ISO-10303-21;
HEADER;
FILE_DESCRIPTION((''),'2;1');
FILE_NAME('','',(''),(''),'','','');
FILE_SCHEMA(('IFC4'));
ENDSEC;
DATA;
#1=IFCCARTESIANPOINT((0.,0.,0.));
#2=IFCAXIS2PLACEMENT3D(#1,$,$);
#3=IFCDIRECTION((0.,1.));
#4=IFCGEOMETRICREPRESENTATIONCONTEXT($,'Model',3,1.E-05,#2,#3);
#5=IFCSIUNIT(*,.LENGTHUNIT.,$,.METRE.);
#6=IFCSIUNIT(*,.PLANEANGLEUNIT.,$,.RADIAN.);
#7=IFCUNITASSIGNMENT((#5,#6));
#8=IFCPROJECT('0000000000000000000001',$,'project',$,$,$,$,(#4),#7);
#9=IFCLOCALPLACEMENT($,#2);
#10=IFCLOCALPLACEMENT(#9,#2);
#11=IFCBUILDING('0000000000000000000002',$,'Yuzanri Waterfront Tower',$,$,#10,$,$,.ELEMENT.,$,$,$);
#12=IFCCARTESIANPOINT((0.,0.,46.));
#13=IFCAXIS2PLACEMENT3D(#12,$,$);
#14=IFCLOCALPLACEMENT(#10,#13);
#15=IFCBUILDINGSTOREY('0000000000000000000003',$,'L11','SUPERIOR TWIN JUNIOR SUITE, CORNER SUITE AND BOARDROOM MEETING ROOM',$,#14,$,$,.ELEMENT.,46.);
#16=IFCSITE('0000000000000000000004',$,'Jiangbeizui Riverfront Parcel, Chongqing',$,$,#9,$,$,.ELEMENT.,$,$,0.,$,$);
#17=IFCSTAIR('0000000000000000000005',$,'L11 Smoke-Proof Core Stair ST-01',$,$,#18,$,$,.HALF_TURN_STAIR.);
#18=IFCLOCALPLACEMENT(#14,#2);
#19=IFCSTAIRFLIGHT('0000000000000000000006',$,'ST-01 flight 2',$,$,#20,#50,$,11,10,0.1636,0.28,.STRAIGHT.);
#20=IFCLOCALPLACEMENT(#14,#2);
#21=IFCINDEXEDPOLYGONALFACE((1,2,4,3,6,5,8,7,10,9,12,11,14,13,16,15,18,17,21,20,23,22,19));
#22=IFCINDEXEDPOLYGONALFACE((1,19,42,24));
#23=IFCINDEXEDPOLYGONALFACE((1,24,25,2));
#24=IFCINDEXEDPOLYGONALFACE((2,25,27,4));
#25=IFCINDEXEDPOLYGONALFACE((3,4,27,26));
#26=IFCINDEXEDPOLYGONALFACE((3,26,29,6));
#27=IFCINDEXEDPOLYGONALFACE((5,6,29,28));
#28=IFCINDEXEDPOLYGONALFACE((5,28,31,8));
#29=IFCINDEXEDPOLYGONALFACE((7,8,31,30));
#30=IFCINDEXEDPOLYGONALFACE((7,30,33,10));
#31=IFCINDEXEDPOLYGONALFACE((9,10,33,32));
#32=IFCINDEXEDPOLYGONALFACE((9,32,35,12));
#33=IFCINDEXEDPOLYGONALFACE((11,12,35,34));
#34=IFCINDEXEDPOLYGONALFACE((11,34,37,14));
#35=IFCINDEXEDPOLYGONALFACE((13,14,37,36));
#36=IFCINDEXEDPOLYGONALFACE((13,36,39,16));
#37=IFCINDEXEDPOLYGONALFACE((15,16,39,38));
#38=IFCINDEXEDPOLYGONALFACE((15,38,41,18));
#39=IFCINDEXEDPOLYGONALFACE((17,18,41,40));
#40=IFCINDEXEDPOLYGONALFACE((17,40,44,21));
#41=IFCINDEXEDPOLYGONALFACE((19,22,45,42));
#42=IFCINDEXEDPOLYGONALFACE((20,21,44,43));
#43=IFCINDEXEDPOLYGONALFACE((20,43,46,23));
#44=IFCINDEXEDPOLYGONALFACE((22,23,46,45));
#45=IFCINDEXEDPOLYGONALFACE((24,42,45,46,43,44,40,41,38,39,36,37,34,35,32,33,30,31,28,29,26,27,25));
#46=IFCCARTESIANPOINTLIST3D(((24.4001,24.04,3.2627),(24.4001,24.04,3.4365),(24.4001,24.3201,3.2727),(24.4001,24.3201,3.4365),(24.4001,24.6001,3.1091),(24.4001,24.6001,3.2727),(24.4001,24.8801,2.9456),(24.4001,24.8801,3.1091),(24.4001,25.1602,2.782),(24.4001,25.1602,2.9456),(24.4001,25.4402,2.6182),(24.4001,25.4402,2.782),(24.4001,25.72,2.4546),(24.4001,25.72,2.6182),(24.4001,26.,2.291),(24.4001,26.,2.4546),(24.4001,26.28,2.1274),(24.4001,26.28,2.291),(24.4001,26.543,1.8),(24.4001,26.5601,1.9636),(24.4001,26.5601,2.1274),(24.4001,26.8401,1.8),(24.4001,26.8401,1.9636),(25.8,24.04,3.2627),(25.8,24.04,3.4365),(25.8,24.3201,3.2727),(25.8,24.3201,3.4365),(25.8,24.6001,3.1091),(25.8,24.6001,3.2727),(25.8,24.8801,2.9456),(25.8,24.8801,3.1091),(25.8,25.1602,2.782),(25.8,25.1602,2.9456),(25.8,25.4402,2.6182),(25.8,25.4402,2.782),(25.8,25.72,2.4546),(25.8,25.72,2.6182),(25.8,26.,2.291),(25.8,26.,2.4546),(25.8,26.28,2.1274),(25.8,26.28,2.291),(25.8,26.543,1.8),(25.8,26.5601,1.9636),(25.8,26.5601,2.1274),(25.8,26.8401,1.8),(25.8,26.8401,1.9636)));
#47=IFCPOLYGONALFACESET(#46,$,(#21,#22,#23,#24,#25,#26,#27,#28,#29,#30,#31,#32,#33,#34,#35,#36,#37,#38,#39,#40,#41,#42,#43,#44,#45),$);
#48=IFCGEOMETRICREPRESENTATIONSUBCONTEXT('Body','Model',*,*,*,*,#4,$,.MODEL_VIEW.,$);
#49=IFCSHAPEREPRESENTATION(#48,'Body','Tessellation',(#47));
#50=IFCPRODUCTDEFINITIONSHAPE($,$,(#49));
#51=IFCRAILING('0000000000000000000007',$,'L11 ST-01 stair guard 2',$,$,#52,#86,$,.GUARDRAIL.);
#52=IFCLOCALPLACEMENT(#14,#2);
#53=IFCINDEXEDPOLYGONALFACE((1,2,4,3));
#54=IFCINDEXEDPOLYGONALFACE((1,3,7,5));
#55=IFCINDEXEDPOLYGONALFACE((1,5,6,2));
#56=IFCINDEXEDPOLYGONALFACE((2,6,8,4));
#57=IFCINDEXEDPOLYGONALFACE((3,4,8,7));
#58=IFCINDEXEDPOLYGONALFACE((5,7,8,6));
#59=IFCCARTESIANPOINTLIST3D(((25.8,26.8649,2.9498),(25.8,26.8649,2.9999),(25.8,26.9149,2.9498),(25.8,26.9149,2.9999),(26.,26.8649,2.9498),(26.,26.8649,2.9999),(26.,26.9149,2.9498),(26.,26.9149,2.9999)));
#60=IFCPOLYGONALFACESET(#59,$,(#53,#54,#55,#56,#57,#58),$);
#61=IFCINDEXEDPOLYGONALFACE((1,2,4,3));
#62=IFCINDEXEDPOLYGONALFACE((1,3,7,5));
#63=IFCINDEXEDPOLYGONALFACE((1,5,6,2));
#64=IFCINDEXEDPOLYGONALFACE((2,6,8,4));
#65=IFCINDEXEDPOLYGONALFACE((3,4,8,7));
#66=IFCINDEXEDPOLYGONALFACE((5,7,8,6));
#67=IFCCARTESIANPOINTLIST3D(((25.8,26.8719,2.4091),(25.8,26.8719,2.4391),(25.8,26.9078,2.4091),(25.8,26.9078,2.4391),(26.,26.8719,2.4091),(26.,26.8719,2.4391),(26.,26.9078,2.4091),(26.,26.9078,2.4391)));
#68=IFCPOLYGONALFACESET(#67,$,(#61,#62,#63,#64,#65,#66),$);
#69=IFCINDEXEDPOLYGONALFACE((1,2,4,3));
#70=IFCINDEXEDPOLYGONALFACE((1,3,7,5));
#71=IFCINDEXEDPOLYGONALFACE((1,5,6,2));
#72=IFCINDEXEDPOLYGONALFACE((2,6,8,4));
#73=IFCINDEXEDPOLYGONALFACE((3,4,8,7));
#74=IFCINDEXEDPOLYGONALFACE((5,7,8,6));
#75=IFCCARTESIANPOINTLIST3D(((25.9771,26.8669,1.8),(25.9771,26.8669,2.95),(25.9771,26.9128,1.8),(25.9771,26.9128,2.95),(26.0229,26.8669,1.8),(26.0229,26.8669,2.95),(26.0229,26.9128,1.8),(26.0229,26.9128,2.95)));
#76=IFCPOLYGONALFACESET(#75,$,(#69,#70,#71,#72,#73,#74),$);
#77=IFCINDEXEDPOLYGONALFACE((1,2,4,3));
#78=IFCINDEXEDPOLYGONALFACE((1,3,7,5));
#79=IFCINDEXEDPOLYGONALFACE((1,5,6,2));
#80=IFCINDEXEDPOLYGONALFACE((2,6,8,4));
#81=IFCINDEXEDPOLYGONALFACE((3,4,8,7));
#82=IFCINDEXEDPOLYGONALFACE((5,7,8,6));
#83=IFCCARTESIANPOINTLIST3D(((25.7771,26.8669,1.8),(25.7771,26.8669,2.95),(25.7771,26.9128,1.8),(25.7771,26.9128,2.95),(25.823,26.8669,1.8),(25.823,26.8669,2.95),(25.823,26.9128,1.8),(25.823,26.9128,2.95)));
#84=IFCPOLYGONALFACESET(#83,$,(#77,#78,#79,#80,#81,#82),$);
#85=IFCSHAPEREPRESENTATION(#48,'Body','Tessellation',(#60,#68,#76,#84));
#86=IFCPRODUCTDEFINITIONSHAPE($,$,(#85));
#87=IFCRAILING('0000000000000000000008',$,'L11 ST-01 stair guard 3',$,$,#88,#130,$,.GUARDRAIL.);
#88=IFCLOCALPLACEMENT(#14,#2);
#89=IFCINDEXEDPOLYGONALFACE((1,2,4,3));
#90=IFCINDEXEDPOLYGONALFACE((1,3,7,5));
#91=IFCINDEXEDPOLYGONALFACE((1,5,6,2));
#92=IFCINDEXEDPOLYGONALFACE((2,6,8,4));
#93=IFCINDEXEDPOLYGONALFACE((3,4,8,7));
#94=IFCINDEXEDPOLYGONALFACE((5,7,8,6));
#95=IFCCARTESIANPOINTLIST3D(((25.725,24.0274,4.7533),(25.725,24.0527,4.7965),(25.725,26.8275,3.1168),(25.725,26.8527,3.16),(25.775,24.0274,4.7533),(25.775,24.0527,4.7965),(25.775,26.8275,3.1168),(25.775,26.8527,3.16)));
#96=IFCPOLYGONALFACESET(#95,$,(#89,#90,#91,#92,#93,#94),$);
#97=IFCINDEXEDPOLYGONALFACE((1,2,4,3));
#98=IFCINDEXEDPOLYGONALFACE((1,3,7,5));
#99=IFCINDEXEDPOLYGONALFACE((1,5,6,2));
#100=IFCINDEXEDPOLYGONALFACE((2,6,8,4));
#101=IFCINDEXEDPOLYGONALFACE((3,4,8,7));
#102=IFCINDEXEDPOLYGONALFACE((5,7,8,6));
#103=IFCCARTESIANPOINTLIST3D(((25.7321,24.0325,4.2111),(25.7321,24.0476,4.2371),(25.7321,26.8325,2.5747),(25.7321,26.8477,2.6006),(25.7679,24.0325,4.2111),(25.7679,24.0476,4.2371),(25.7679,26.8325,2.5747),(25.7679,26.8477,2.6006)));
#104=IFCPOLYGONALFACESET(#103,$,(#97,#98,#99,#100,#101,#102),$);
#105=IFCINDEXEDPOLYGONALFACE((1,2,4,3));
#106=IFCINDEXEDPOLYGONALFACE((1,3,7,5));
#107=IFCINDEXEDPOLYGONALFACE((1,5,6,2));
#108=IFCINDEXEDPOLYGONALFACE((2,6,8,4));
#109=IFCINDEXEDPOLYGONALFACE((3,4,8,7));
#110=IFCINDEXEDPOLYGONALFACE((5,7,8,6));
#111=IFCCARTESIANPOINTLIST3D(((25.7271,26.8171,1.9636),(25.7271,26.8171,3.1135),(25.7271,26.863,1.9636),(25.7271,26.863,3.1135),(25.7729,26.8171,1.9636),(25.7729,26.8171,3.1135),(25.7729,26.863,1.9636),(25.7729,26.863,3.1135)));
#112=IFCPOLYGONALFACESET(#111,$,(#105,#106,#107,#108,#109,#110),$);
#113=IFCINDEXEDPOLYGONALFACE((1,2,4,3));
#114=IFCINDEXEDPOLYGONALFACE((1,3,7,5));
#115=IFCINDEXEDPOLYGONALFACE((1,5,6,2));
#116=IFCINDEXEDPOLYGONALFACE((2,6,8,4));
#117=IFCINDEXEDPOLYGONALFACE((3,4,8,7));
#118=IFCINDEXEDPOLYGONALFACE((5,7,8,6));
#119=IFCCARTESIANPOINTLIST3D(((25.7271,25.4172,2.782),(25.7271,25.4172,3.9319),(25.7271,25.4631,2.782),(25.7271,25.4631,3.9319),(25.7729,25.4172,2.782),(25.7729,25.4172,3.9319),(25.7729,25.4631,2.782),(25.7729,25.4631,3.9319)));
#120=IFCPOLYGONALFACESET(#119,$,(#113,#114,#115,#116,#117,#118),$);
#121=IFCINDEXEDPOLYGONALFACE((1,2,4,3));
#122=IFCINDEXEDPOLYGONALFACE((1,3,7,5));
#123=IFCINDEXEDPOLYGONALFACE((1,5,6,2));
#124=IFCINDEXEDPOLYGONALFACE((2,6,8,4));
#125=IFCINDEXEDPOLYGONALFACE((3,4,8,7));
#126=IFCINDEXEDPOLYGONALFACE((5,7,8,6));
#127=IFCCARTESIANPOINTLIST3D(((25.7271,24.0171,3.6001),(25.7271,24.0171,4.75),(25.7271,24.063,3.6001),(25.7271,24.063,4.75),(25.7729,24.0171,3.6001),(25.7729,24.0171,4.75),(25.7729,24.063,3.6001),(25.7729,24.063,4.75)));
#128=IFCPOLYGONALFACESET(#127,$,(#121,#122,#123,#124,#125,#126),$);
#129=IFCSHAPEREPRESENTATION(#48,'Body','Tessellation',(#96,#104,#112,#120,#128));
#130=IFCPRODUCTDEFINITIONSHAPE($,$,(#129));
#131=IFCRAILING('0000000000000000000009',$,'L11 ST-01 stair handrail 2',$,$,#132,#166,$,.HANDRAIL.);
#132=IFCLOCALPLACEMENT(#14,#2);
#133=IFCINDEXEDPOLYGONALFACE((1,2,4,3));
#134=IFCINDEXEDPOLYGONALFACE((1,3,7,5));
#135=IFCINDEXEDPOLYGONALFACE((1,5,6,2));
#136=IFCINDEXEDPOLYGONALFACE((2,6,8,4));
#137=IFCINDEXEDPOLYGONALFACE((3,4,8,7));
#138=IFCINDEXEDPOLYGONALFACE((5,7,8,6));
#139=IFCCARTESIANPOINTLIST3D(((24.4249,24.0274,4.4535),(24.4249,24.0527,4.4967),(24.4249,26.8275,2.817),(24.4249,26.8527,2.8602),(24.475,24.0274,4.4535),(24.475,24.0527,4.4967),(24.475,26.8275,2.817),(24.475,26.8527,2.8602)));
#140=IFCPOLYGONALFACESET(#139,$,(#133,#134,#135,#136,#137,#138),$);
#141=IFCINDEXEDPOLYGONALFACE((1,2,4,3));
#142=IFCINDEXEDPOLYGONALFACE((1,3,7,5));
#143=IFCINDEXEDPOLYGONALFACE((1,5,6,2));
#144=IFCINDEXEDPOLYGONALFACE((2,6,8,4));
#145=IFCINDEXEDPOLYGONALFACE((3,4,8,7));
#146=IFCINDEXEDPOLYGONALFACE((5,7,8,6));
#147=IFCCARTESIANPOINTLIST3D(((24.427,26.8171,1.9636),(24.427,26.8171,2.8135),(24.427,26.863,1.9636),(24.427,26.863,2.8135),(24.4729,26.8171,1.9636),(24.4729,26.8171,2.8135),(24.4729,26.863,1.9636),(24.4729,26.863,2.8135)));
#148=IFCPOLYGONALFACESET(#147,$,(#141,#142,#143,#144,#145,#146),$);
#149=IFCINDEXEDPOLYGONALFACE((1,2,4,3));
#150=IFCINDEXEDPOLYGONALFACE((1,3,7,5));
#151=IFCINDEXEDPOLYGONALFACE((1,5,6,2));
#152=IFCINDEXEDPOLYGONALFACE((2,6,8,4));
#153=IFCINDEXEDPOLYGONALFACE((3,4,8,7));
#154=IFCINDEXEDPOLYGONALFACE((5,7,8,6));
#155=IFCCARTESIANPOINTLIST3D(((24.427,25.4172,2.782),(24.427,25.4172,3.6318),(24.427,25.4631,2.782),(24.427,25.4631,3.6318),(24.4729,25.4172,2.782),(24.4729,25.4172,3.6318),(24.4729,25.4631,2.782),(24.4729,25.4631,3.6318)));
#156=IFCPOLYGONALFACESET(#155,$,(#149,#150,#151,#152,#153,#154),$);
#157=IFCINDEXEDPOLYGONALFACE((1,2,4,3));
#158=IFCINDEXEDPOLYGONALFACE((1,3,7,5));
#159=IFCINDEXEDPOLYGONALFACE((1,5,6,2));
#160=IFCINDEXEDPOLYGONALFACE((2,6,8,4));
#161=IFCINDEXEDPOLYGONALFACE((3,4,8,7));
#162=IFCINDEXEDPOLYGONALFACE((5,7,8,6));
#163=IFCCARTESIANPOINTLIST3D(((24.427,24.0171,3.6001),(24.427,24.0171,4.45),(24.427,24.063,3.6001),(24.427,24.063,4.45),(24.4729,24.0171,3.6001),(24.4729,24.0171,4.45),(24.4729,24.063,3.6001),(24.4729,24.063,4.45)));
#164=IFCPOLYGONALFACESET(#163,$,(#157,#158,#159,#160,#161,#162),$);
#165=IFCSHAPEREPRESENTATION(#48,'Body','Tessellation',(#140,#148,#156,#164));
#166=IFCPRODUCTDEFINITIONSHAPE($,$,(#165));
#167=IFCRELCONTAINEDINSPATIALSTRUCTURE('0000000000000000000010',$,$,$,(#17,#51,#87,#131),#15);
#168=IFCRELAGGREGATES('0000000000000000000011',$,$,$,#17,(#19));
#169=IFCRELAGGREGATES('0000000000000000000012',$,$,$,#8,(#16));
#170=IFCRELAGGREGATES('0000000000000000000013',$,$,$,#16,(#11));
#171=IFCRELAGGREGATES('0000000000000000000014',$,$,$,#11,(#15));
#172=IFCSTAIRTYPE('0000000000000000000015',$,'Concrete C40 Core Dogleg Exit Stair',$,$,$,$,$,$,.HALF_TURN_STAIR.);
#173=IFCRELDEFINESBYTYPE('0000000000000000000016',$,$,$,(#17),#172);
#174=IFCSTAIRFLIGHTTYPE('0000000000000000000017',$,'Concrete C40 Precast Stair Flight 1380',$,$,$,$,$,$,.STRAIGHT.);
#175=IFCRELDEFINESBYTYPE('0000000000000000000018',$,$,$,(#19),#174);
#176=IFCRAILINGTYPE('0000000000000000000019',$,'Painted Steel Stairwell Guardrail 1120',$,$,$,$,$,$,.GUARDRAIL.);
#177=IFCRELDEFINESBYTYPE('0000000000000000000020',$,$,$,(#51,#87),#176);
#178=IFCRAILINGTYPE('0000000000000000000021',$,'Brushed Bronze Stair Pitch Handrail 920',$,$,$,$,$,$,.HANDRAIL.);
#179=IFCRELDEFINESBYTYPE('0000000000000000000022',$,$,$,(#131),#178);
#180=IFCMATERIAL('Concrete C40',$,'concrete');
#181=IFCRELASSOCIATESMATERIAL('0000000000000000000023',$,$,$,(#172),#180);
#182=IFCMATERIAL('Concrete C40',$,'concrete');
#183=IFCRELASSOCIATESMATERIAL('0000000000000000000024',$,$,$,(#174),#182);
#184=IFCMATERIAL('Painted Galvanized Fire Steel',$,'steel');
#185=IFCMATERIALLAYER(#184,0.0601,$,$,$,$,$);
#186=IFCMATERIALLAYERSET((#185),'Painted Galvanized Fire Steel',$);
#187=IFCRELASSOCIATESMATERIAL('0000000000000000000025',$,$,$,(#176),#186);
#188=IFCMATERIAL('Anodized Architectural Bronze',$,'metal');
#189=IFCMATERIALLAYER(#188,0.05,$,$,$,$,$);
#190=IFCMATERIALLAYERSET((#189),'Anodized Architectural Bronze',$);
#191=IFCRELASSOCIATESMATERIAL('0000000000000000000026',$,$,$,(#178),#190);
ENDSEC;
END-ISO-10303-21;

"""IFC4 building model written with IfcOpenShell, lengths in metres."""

from ifc_helpers import new_model, si_unit, direction, frame, origin, origin_2d, place, context, subcontext, project, spatial, polyline, rectangle, outline, extrude, source, transform, mapped, material, layer, layer_set, type_object, element, aggregate, save


model = new_model("IFC4")

# Units and contexts
model_context = context("Model", 3, precision=1e-05, world=origin(), true_north=direction((0.0, 1.0)))
body_context = subcontext(model_context, "Body", "Model", "MODEL_VIEW")
ifc_project = project(units=[si_unit("LENGTHUNIT", "METRE"), si_unit("PLANEANGLEUNIT", "RADIAN")], contexts=[model_context])

# Site, building, storey
site_placement = place(None, origin())
site = spatial("IfcSite", under=ifc_project, at=site_placement, Name="Jiangbeizui Riverfront Parcel, Chongqing", CompositionType="ELEMENT", RefElevation=0.0)
building_placement = place(site_placement, origin())
building = spatial("IfcBuilding", under=site, at=building_placement, Name="Yuzanri Waterfront Tower", CompositionType="ELEMENT")
storey_placement = place(building_placement, frame((0.0, 0.0, 46.0)))
storey = spatial("IfcBuildingStorey", under=building, at=storey_placement, Name="L11", Description="SUPERIOR TWIN JUNIOR SUITE, CORNER SUITE AND BOARDROOM MEETING ROOM", CompositionType="ELEMENT", Elevation=46.0)

# Stair, stair flight
ifc_material_1 = material(Name="Concrete C40", Category="concrete")
stair_type = type_object("IfcStairType", Name="Concrete C40 Core Dogleg Exit Stair", PredefinedType="HALF_TURN_STAIR", material=ifc_material_1)
stair_placement = place(storey_placement, origin())
stair = element("IfcStair", 1, at=stair_placement, inside=storey, type_object=stair_type, Name="L11 Smoke-Proof Core Stair ST-01", PredefinedType="HALF_TURN_STAIR")
ifc_material_2 = material(Name="Concrete C40", Category="concrete")
stair_flight_type = type_object("IfcStairFlightType", Name="Concrete C40 Precast Stair Flight 1380", PredefinedType="STRAIGHT", material=ifc_material_2)
shared_shape_1 = source(origin(), body_context, "Body", "SweptSolid", [
    extrude(outline(polyline([(0.0, 0.0), (0.0, 0.1636), (0.28, 0.1636), (0.28, 0.3274), (0.5601, 0.3274), (0.5601, 0.491), (0.8401, 0.491), (0.8401, 0.6545), (1.1201, 0.6545), (1.1201, 0.8181), (1.3999, 0.8181), (1.3999, 0.9819), (1.6799, 0.9819), (1.6799, 1.1455), (1.96, 1.1455), (1.96, 1.3091), (2.24, 1.3091), (2.24, 1.4727), (2.52, 1.4727), (2.52, 1.6365), (2.8, 1.6365), (2.8, 1.8), (2.8, 1.4626), (0.2971, 0.0), (0.0, 0.0)])), frame((0.0, 0.7, 0.0), z_axis=(0.0, -1.0, 0.0), x_axis=(1.0, 0.0, 0.0)), (0.0, 0.0, 1.0), 1.3999),
])
stair_flight_placement = place(storey_placement, frame((25.1001, 26.8401, 1.8), z_axis=(0.0, 0.0, 1.0), x_axis=(0.0, -1.0, 0.0)))
stair_flight = element("IfcStairFlight", 2, at=stair_flight_placement, type_object=stair_flight_type, Name="ST-01 flight 2", NumberOfRisers=11, NumberOfTreads=10, PredefinedType="STRAIGHT", RiserHeight=0.1636, TreadLength=0.28, context=body_context, shape_type="MappedRepresentation", body=[
    mapped(shared_shape_1, transform((0.0, 0.0, 0.0), scale=1.0)),
])
aggregate(stair, [stair_flight])

# Railings
ifc_material_3 = material(Name="Painted Galvanized Fire Steel", Category="steel")
ifc_layer_1 = layer(ifc_material_3, 0.0601)
ifc_layer_set_1 = layer_set([ifc_layer_1], Name="Painted Galvanized Fire Steel")
railing_type_1 = type_object("IfcRailingType", Name="Painted Steel Stairwell Guardrail 1120", PredefinedType="GUARDRAIL", material=ifc_layer_set_1)
shared_shape_2 = source(origin(), body_context, "Body", "SweptSolid", [
    extrude(rectangle(XDim=0.05, YDim=0.05, at=origin_2d()), frame((0.0, 0.0, 1.1748), z_axis=(-1.0, 0.0, 0.0), x_axis=(0.0, -1.0, 0.0)), (0.0, 0.0, 1.0), 0.2),
    extrude(rectangle(XDim=0.0359, YDim=0.03, at=origin_2d()), frame((0.0, 0.0, 0.624), z_axis=(-1.0, 0.0, 0.0), x_axis=(0.0, -1.0, 0.0)), (0.0, 0.0, 1.0), 0.2),
    extrude(rectangle(XDim=0.0459, YDim=0.0459, at=origin_2d()), origin(), (0.0, 0.0, 1.0), 1.1499),
    extrude(rectangle(XDim=0.0459, YDim=0.0459, at=origin_2d()), frame((-0.2, 0.0, 0.0)), (0.0, 0.0, 1.0), 1.1499),
])
railing_1_placement = place(storey_placement, frame((26.0, 26.8899, 1.8)))
element("IfcRailing", 3, at=railing_1_placement, inside=storey, type_object=railing_type_1, Name="L11 ST-01 stair guard 2", PredefinedType="GUARDRAIL", context=body_context, shape_type="MappedRepresentation", body=[
    mapped(shared_shape_2, transform((0.0, 0.0, 0.0), scale=1.0)),
])
shared_shape_3 = source(origin(), body_context, "Body", "SweptSolid", [
    extrude(rectangle(XDim=0.05, YDim=0.05, at=origin_2d()), frame((0.0, 0.0, 1.1748), z_axis=(0.0, -0.863361, 0.504587), x_axis=(1.0, 0.0, 0.0)), (0.0, 0.0, 1.0), 3.2432),
    extrude(rectangle(XDim=0.0359, YDim=0.03, at=origin_2d()), frame((0.0, 0.0, 0.624), z_axis=(0.0, -0.863361, 0.504587), x_axis=(1.0, 0.0, 0.0)), (0.0, 0.0, 1.0), 3.2432),
    extrude(rectangle(XDim=0.0459, YDim=0.0459, at=origin_2d()), origin(), (0.0, 0.0, 1.0), 1.1499),
    extrude(rectangle(XDim=0.0459, YDim=0.0459, at=origin_2d()), frame((0.0, -1.3999, 0.8184)), (0.0, 0.0, 1.0), 1.1499),
    extrude(rectangle(XDim=0.0459, YDim=0.0459, at=origin_2d()), frame((0.0, -2.8, 1.6365)), (0.0, 0.0, 1.0), 1.1499),
])
railing_2_placement = place(storey_placement, frame((25.75, 26.8401, 1.9636)))
element("IfcRailing", 4, at=railing_2_placement, inside=storey, type_object=railing_type_1, Name="L11 ST-01 stair guard 3", PredefinedType="GUARDRAIL", context=body_context, shape_type="MappedRepresentation", body=[
    mapped(shared_shape_3, transform((0.0, 0.0, 0.0), scale=1.0)),
])
ifc_material_4 = material(Name="Anodized Architectural Bronze", Category="metal")
ifc_layer_2 = layer(ifc_material_4, 0.05)
ifc_layer_set_2 = layer_set([ifc_layer_2], Name="Anodized Architectural Bronze")
railing_type_2 = type_object("IfcRailingType", Name="Brushed Bronze Stair Pitch Handrail 920", PredefinedType="HANDRAIL", material=ifc_layer_set_2)
shared_shape_4 = source(origin(), body_context, "Body", "SweptSolid", [
    extrude(rectangle(XDim=0.05, YDim=0.05, at=origin_2d()), frame((0.0, 0.0, 0.875), z_axis=(0.0, -0.863361, 0.504587), x_axis=(1.0, 0.0, 0.0)), (0.0, 0.0, 1.0), 3.2432),
    extrude(rectangle(XDim=0.0459, YDim=0.0459, at=origin_2d()), origin(), (0.0, 0.0, 1.0), 0.8499),
    extrude(rectangle(XDim=0.0459, YDim=0.0459, at=origin_2d()), frame((0.0, -1.3999, 0.8184)), (0.0, 0.0, 1.0), 0.8499),
    extrude(rectangle(XDim=0.0459, YDim=0.0459, at=origin_2d()), frame((0.0, -2.8, 1.6365)), (0.0, 0.0, 1.0), 0.8499),
])
railing_3_placement = place(storey_placement, frame((24.45, 26.8401, 1.9636)))
element("IfcRailing", 5, at=railing_3_placement, inside=storey, type_object=railing_type_2, Name="L11 ST-01 stair handrail 2", PredefinedType="HANDRAIL", context=body_context, shape_type="MappedRepresentation", body=[
    mapped(shared_shape_4, transform((0.0, 0.0, 0.0), scale=1.0)),
])

save(model, "model.ifc")
